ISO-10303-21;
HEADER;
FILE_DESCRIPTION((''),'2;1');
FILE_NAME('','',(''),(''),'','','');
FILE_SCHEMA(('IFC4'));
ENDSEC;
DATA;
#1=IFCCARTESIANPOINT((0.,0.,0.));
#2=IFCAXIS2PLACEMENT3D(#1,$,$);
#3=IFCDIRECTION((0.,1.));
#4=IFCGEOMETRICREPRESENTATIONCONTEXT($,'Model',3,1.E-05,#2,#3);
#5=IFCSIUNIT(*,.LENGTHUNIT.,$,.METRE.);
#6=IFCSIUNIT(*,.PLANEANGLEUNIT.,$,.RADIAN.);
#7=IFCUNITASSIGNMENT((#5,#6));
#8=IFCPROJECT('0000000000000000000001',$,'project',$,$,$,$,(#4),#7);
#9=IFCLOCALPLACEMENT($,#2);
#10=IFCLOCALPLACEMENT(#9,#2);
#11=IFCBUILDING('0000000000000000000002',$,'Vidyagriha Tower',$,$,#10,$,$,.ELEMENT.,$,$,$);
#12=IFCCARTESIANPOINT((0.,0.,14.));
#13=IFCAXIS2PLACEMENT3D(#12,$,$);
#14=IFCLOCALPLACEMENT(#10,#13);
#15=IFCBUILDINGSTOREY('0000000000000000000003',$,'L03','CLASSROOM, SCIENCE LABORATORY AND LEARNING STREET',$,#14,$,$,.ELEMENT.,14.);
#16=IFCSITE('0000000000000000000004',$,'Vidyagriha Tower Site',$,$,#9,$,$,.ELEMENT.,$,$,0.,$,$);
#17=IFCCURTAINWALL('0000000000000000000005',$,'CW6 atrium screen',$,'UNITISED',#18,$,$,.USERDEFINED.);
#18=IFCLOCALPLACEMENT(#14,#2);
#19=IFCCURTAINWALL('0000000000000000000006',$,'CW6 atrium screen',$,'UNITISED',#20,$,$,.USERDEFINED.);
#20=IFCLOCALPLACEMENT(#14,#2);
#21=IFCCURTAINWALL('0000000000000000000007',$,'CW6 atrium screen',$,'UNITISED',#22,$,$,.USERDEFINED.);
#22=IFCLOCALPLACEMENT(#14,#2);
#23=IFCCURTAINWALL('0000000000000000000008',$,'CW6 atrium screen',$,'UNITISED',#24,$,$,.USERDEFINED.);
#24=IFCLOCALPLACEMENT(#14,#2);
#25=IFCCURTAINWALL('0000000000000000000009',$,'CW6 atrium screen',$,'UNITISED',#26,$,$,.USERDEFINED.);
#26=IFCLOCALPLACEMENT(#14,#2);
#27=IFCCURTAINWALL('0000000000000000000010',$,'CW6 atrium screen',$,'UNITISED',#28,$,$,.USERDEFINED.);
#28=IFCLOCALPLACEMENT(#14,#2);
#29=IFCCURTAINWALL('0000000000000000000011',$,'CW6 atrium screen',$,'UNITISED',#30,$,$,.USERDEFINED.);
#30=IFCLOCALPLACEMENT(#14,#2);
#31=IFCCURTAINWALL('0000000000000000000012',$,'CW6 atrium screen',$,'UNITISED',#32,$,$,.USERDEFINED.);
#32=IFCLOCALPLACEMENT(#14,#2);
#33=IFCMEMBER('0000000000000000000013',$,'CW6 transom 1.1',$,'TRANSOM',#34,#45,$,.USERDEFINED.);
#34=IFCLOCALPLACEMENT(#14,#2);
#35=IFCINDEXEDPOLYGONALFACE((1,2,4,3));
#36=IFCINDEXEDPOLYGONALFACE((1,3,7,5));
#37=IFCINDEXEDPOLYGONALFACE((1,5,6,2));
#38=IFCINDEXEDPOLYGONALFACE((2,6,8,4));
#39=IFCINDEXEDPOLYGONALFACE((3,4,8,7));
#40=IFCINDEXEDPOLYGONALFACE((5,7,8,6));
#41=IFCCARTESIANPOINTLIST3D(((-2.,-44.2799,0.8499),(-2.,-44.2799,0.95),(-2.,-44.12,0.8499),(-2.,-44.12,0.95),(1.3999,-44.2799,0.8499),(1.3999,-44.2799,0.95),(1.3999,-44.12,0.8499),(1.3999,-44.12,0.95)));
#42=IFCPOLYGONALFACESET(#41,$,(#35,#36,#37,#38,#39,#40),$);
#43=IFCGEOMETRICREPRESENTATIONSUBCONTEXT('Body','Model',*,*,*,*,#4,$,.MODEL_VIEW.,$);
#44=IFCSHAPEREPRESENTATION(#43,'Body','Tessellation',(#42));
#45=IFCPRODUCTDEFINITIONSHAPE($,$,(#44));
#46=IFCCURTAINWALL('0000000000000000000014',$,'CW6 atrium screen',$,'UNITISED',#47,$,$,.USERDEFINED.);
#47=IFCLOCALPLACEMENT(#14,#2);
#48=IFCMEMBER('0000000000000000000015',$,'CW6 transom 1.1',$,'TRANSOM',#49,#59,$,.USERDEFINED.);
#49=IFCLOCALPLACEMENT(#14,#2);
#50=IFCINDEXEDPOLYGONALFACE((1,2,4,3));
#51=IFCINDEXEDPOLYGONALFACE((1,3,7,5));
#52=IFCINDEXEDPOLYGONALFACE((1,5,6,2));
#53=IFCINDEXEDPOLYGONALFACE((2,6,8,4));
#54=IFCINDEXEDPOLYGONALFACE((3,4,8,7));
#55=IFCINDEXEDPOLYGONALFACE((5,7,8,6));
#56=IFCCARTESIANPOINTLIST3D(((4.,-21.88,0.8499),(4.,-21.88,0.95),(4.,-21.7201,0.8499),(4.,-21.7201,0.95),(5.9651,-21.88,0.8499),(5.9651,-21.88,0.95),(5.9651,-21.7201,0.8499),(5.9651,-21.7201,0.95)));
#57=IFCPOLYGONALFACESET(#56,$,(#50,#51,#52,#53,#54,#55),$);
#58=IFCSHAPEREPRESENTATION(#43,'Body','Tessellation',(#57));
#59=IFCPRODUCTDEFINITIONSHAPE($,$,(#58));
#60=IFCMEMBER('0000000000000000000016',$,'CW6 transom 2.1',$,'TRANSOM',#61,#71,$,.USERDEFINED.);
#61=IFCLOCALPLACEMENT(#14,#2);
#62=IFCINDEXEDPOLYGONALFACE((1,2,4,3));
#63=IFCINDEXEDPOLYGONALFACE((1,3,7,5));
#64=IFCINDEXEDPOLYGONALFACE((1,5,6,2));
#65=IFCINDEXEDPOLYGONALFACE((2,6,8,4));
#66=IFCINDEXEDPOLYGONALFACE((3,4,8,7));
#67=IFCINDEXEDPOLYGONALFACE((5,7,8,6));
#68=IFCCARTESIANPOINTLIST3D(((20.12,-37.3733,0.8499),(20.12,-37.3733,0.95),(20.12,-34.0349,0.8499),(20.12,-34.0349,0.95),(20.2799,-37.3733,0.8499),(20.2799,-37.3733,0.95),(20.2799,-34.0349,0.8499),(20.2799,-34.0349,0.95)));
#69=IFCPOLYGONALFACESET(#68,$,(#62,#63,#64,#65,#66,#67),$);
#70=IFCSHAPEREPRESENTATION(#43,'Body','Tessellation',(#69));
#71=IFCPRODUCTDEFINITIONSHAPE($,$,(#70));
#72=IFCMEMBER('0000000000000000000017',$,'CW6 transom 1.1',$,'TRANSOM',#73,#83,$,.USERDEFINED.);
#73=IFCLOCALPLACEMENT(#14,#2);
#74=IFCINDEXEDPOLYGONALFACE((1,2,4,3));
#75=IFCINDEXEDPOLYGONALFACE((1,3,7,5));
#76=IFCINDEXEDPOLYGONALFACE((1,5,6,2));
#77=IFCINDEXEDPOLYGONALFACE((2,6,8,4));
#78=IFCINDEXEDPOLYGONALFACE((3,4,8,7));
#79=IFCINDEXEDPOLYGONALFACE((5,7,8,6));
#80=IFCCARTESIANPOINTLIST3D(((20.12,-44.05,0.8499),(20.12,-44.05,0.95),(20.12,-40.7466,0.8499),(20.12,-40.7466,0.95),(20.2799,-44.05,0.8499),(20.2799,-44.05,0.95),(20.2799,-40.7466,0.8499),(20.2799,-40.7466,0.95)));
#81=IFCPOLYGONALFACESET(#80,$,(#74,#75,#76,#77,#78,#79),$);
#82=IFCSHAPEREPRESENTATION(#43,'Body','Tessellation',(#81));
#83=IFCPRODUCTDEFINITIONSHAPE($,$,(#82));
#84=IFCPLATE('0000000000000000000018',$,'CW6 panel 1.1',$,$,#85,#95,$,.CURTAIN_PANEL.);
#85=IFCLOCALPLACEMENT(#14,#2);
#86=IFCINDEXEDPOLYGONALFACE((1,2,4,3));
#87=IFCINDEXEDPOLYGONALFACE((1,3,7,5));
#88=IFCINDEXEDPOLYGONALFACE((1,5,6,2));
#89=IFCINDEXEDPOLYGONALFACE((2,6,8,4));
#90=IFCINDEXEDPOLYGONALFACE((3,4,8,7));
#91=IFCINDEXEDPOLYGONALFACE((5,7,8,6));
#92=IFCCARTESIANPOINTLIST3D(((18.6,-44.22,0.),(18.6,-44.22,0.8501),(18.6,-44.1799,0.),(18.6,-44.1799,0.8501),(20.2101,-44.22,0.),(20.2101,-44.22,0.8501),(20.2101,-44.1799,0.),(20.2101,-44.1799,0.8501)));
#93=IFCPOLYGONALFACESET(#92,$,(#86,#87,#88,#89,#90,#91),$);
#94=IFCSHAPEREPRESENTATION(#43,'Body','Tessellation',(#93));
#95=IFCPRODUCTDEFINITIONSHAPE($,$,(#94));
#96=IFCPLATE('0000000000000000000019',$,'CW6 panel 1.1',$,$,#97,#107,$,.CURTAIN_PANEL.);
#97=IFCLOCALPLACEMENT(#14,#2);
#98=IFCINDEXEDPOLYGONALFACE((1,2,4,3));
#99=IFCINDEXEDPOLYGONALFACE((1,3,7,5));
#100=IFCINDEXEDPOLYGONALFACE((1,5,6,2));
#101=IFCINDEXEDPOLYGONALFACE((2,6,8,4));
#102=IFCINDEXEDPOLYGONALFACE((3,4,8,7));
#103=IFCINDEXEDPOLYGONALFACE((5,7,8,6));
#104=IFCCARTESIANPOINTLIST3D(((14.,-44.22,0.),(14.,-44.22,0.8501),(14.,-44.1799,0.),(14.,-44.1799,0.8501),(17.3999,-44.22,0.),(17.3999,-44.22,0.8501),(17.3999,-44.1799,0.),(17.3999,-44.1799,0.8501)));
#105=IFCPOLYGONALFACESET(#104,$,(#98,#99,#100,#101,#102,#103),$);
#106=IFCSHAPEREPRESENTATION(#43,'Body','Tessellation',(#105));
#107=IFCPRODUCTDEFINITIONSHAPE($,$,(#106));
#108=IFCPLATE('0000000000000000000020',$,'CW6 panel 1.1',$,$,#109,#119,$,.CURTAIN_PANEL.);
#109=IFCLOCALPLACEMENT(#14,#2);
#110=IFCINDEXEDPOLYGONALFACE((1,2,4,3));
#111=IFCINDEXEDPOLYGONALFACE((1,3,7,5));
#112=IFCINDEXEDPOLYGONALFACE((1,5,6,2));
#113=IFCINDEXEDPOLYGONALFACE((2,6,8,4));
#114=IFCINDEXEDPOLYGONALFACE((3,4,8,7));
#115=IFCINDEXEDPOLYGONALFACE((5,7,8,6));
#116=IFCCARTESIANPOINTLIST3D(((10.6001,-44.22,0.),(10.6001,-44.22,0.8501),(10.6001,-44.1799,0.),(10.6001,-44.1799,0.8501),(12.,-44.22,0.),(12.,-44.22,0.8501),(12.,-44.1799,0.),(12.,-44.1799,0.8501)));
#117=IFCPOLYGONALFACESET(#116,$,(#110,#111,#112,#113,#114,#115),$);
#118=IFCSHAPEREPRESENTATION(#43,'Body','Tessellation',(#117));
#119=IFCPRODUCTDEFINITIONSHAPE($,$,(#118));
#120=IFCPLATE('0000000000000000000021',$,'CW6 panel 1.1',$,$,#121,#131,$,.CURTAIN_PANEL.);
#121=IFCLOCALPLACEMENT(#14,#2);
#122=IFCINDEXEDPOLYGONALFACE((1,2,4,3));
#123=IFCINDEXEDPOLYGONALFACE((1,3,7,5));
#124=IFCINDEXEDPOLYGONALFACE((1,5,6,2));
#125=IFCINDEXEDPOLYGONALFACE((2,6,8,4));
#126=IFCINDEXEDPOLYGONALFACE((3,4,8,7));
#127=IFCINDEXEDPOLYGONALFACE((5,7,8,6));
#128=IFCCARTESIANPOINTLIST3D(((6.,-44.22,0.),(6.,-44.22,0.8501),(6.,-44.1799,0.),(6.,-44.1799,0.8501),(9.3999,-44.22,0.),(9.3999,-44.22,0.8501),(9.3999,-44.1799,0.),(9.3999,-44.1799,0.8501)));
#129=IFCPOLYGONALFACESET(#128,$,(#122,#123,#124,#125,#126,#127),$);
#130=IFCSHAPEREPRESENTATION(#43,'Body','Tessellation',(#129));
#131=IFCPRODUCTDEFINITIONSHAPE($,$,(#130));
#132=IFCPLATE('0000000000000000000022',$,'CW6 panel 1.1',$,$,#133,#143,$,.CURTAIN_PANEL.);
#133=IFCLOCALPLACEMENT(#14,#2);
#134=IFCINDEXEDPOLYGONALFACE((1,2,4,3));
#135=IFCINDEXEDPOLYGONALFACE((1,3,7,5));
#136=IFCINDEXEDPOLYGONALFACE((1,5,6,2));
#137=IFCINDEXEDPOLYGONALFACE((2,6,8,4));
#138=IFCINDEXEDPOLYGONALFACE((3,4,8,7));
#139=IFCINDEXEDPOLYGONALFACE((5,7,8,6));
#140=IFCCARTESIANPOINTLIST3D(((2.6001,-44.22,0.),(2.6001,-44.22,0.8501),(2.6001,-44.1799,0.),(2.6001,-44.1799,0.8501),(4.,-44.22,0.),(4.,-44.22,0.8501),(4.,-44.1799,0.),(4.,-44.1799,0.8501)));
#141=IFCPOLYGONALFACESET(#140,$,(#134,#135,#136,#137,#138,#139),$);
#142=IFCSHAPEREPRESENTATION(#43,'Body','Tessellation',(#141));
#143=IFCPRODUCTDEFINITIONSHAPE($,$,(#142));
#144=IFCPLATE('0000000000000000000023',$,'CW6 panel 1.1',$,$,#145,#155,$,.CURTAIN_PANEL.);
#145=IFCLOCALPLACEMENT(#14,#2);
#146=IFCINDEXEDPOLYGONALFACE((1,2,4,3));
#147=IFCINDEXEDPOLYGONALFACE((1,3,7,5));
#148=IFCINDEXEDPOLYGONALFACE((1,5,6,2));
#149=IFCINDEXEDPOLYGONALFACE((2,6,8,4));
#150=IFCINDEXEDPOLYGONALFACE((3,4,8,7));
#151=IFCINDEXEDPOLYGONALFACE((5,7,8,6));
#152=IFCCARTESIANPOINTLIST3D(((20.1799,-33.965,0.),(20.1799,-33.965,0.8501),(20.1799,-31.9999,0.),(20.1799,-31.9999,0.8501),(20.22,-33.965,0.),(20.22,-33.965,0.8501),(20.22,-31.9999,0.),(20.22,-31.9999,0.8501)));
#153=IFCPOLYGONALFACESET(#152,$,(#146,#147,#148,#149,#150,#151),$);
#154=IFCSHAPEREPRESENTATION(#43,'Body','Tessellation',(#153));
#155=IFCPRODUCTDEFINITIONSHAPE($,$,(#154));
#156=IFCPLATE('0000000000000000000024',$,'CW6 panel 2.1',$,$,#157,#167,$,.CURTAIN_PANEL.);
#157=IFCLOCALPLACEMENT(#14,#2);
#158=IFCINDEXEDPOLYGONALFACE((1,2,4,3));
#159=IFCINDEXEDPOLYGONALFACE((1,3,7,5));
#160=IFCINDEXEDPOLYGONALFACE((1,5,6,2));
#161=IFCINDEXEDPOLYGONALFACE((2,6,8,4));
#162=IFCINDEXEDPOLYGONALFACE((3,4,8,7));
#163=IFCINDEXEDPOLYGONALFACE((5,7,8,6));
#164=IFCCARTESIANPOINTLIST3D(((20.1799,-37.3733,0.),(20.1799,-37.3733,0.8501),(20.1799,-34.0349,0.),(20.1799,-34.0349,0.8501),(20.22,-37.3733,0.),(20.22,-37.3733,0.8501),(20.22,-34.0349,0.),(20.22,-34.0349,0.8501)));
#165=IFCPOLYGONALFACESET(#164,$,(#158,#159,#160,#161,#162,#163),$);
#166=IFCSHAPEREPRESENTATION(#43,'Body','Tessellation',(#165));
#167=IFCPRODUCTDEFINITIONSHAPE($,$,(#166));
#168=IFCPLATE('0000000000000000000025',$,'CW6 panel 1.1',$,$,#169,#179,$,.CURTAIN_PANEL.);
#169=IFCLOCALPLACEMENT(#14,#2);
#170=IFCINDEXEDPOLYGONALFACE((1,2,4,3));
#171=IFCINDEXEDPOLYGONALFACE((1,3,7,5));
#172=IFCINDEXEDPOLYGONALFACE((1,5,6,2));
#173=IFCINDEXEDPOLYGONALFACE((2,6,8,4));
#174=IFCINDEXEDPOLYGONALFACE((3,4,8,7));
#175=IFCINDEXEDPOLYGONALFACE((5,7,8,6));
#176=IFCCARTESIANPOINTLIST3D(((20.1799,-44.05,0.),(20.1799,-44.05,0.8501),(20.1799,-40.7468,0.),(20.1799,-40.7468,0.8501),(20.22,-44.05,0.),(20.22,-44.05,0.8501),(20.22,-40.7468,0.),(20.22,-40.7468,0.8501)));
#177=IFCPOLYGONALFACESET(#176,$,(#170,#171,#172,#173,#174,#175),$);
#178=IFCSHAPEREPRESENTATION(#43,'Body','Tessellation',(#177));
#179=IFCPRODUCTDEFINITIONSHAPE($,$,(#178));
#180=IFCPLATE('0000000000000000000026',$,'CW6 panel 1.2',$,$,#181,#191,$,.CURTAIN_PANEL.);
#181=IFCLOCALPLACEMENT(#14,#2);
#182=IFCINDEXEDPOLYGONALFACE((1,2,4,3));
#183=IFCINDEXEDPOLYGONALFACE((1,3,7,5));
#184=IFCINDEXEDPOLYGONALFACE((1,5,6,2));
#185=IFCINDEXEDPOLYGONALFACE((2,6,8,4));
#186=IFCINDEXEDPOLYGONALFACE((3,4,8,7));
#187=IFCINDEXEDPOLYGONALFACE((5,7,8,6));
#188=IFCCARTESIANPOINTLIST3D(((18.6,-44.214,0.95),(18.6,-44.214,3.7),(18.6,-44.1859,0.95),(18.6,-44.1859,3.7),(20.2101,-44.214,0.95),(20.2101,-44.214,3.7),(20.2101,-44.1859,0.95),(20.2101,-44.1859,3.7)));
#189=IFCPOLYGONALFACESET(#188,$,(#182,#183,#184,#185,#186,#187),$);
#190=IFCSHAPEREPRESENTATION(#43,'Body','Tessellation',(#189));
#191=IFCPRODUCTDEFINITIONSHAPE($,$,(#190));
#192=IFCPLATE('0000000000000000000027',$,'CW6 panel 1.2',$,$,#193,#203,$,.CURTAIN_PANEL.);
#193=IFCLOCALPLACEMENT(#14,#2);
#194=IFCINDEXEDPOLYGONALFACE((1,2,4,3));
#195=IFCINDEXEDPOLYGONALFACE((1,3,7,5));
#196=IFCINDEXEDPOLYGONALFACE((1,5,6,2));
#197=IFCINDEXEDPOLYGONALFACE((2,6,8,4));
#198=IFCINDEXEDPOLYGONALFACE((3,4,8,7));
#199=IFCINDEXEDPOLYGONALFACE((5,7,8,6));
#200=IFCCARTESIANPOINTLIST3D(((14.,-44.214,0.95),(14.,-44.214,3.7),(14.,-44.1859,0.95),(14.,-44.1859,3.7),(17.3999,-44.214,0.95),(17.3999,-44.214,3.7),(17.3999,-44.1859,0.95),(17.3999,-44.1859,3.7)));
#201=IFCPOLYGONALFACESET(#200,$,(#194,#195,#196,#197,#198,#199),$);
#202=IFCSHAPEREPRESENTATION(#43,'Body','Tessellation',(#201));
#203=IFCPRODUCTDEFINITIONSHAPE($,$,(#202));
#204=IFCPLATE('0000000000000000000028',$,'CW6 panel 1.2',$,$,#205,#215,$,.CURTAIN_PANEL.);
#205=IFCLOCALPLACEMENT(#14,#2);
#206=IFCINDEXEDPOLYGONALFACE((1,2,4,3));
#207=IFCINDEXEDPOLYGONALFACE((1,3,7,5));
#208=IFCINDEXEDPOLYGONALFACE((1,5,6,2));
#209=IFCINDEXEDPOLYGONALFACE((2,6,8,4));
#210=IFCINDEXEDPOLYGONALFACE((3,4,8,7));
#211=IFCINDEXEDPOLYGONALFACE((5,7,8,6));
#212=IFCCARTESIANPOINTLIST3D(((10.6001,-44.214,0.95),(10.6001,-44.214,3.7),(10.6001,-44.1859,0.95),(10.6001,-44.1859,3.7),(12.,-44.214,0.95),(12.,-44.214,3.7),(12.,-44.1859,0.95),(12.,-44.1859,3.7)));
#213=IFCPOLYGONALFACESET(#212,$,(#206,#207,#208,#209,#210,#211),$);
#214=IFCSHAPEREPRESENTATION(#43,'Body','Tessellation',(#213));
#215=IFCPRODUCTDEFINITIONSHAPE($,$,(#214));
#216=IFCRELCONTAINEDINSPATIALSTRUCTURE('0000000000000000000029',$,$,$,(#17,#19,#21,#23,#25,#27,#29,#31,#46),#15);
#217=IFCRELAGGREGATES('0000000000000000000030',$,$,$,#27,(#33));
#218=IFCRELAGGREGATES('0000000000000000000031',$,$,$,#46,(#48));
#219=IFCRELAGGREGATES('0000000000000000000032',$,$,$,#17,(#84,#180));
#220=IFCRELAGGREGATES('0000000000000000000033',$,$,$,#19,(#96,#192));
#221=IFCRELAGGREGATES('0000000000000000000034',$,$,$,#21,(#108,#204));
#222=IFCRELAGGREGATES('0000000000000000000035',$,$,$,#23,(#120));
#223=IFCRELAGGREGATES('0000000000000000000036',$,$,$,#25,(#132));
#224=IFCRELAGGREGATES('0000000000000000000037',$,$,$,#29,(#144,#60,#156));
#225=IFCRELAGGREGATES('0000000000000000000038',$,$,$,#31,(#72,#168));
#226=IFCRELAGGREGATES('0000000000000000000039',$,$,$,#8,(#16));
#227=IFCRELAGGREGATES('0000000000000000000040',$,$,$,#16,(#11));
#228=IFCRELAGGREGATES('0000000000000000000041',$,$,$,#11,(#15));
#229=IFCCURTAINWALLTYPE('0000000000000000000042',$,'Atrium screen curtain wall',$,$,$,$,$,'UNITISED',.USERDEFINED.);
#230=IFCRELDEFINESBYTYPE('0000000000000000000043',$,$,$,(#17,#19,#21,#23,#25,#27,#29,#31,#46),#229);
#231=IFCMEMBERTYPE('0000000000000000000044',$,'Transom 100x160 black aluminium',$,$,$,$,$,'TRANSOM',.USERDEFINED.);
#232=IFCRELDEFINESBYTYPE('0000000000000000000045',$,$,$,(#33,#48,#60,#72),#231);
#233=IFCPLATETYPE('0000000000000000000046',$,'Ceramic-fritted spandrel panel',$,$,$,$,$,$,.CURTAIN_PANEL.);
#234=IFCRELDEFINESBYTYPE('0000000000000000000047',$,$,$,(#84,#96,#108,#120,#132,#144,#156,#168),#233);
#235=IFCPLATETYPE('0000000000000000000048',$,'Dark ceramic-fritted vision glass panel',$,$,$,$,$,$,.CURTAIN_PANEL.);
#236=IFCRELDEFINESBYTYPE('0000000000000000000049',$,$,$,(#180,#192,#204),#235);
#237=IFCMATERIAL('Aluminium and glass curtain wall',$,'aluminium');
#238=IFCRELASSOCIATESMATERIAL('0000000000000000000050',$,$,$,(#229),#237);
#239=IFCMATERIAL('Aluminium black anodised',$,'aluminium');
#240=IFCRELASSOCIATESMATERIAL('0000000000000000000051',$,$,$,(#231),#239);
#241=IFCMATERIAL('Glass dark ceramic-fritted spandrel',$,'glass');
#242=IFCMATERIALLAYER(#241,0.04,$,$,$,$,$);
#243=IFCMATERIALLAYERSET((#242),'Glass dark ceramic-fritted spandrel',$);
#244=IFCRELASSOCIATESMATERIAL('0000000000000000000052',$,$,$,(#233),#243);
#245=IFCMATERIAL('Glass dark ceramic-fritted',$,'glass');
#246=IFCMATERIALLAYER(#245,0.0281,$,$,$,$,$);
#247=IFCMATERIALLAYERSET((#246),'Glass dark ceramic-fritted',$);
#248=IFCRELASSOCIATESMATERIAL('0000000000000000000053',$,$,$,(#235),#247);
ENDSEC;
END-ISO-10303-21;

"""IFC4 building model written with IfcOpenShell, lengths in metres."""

from ifc_helpers import new_model, si_unit, direction, frame, origin, origin_2d, place, context, subcontext, project, spatial, rectangle, extrude, material, layer, layer_set, material_profile, profile_set, type_object, element, aggregate, save


model = new_model("IFC4")

# Units and contexts
model_context = context("Model", 3, precision=1e-05, world=origin(), true_north=direction((0.0, 1.0)))
body_context = subcontext(model_context, "Body", "Model", "MODEL_VIEW")
ifc_project = project(units=[si_unit("LENGTHUNIT", "METRE"), si_unit("PLANEANGLEUNIT", "RADIAN")], contexts=[model_context])

# Site, building, storey
site_placement = place(None, origin())
site = spatial("IfcSite", under=ifc_project, at=site_placement, Name="Vidyagriha Tower Site", CompositionType="ELEMENT", RefElevation=0.0)
building_placement = place(site_placement, origin())
building = spatial("IfcBuilding", under=site, at=building_placement, Name="Vidyagriha Tower", CompositionType="ELEMENT")
storey_placement = place(building_placement, frame((0.0, 0.0, 14.0)))
storey = spatial("IfcBuildingStorey", under=building, at=storey_placement, Name="L03", Description="CLASSROOM, SCIENCE LABORATORY AND LEARNING STREET", CompositionType="ELEMENT", Elevation=14.0)

# Curtain walls
ifc_material_1 = material(Name="Aluminium and glass curtain wall", Category="aluminium")
curtain_wall_type = type_object("IfcCurtainWallType", Name="Atrium screen curtain wall", ElementType="UNITISED", PredefinedType="USERDEFINED", material=ifc_material_1)
curtain_wall_1_placement = place(storey_placement, origin())
curtain_wall_1 = element("IfcCurtainWall", 1, at=curtain_wall_1_placement, inside=storey, type_object=curtain_wall_type, Name="CW6 atrium screen", ObjectType="UNITISED", PredefinedType="USERDEFINED")
curtain_wall_2_placement = place(storey_placement, origin())
curtain_wall_2 = element("IfcCurtainWall", 2, at=curtain_wall_2_placement, inside=storey, type_object=curtain_wall_type, Name="CW6 atrium screen", ObjectType="UNITISED", PredefinedType="USERDEFINED")
curtain_wall_3_placement = place(storey_placement, origin())
curtain_wall_3 = element("IfcCurtainWall", 3, at=curtain_wall_3_placement, inside=storey, type_object=curtain_wall_type, Name="CW6 atrium screen", ObjectType="UNITISED", PredefinedType="USERDEFINED")
curtain_wall_4_placement = place(storey_placement, origin())
curtain_wall_4 = element("IfcCurtainWall", 4, at=curtain_wall_4_placement, inside=storey, type_object=curtain_wall_type, Name="CW6 atrium screen", ObjectType="UNITISED", PredefinedType="USERDEFINED")
curtain_wall_5_placement = place(storey_placement, origin())
curtain_wall_5 = element("IfcCurtainWall", 5, at=curtain_wall_5_placement, inside=storey, type_object=curtain_wall_type, Name="CW6 atrium screen", ObjectType="UNITISED", PredefinedType="USERDEFINED")
curtain_wall_6_placement = place(storey_placement, origin())
curtain_wall_6 = element("IfcCurtainWall", 6, at=curtain_wall_6_placement, inside=storey, type_object=curtain_wall_type, Name="CW6 atrium screen", ObjectType="UNITISED", PredefinedType="USERDEFINED")
curtain_wall_7_placement = place(storey_placement, origin())
curtain_wall_7 = element("IfcCurtainWall", 7, at=curtain_wall_7_placement, inside=storey, type_object=curtain_wall_type, Name="CW6 atrium screen", ObjectType="UNITISED", PredefinedType="USERDEFINED")
curtain_wall_8_placement = place(storey_placement, origin())
curtain_wall_8 = element("IfcCurtainWall", 8, at=curtain_wall_8_placement, inside=storey, type_object=curtain_wall_type, Name="CW6 atrium screen", ObjectType="UNITISED", PredefinedType="USERDEFINED")

# Member
ifc_material_2 = material(Name="Aluminium black anodised", Category="aluminium")
ifc_material_profile_1 = material_profile(ifc_material_2, rectangle(XDim=0.1599, YDim=0.1001, at=origin_2d()), Name="Transom 100x160 black aluminium")
ifc_profile_set_1 = profile_set([ifc_material_profile_1], Name="Aluminium black anodised")
member_type_1 = type_object("IfcMemberType", Name="Transom 100x160 black aluminium", ElementType="TRANSOM", PredefinedType="USERDEFINED", material=ifc_profile_set_1)
member_1_placement = place(storey_placement, frame((1.3999, -44.2, 0.8999), z_axis=(-1.0, 0.0, 0.0), x_axis=(0.0, -1.0, 0.0)))
member_1 = element("IfcMember", 9, at=member_1_placement, type_object=member_type_1, Name="CW6 transom 1.1", ObjectType="TRANSOM", PredefinedType="USERDEFINED", context=body_context, shape_type="SweptSolid", body=[
    extrude(rectangle(XDim=0.1599, YDim=0.1001, at=origin_2d()), origin(), (0.0, 0.0, 1.0), 3.3999),
])
aggregate(curtain_wall_6, [member_1])

# Curtain wall, member
curtain_wall_9_placement = place(storey_placement, origin())
curtain_wall_9 = element("IfcCurtainWall", 10, at=curtain_wall_9_placement, inside=storey, type_object=curtain_wall_type, Name="CW6 atrium screen", ObjectType="UNITISED", PredefinedType="USERDEFINED")
member_2_placement = place(storey_placement, frame((4.0, -21.8, 0.8999), z_axis=(1.0, 0.0, 0.0), x_axis=(0.0, 1.0, 0.0)))
member_2 = element("IfcMember", 11, at=member_2_placement, type_object=member_type_1, Name="CW6 transom 1.1", ObjectType="TRANSOM", PredefinedType="USERDEFINED", context=body_context, shape_type="SweptSolid", body=[
    extrude(rectangle(XDim=0.1599, YDim=0.1001, at=origin_2d()), origin(), (0.0, 0.0, 1.0), 1.9651),
])
aggregate(curtain_wall_9, [member_2])

# Members
member_3_placement = place(storey_placement, frame((20.2, -34.0349, 0.8999), z_axis=(0.0, -1.0, 0.0), x_axis=(1.0, 0.0, 0.0)))
member_3 = element("IfcMember", 12, at=member_3_placement, type_object=member_type_1, Name="CW6 transom 2.1", ObjectType="TRANSOM", PredefinedType="USERDEFINED", context=body_context, shape_type="SweptSolid", body=[
    extrude(rectangle(XDim=0.1599, YDim=0.1001, at=origin_2d()), origin(), (0.0, 0.0, 1.0), 3.3384),
])
member_4_placement = place(storey_placement, frame((20.2, -40.7466, 0.8999), z_axis=(0.0, -1.0, 0.0), x_axis=(1.0, 0.0, 0.0)))
member_4 = element("IfcMember", 13, at=member_4_placement, type_object=member_type_1, Name="CW6 transom 1.1", ObjectType="TRANSOM", PredefinedType="USERDEFINED", context=body_context, shape_type="SweptSolid", body=[
    extrude(rectangle(XDim=0.1599, YDim=0.1001, at=origin_2d()), origin(), (0.0, 0.0, 1.0), 3.3035),
])

# Plates
ifc_material_3 = material(Name="Glass dark ceramic-fritted spandrel", Category="glass")
ifc_layer_1 = layer(ifc_material_3, 0.04)
ifc_layer_set_1 = layer_set([ifc_layer_1], Name="Glass dark ceramic-fritted spandrel")
plate_type_1 = type_object("IfcPlateType", Name="Ceramic-fritted spandrel panel", PredefinedType="CURTAIN_PANEL", material=ifc_layer_set_1)
plate_1_placement = place(storey_placement, frame((19.405, -44.2, 0.0), z_axis=(0.0, 0.0, 1.0), x_axis=(-1.0, 0.0, 0.0)))
plate_1 = element("IfcPlate", 14, at=plate_1_placement, type_object=plate_type_1, Name="CW6 panel 1.1", PredefinedType="CURTAIN_PANEL", context=body_context, shape_type="SweptSolid", body=[
    extrude(rectangle(XDim=1.6101, YDim=0.04, at=origin_2d()), origin(), (0.0, 0.0, 1.0), 0.8501),
])
plate_2_placement = place(storey_placement, frame((15.7, -44.2, 0.0), z_axis=(0.0, 0.0, 1.0), x_axis=(-1.0, 0.0, 0.0)))
plate_2 = element("IfcPlate", 15, at=plate_2_placement, type_object=plate_type_1, Name="CW6 panel 1.1", PredefinedType="CURTAIN_PANEL", context=body_context, shape_type="SweptSolid", body=[
    extrude(rectangle(XDim=3.3999, YDim=0.04, at=origin_2d()), origin(), (0.0, 0.0, 1.0), 0.8501),
])
plate_3_placement = place(storey_placement, frame((11.3, -44.2, 0.0), z_axis=(0.0, 0.0, 1.0), x_axis=(-1.0, 0.0, 0.0)))
plate_3 = element("IfcPlate", 16, at=plate_3_placement, type_object=plate_type_1, Name="CW6 panel 1.1", PredefinedType="CURTAIN_PANEL", context=body_context, shape_type="SweptSolid", body=[
    extrude(rectangle(XDim=1.3999, YDim=0.04, at=origin_2d()), origin(), (0.0, 0.0, 1.0), 0.8501),
])
plate_4_placement = place(storey_placement, frame((7.7, -44.2, 0.0), z_axis=(0.0, 0.0, 1.0), x_axis=(-1.0, 0.0, 0.0)))
plate_4 = element("IfcPlate", 17, at=plate_4_placement, type_object=plate_type_1, Name="CW6 panel 1.1", PredefinedType="CURTAIN_PANEL", context=body_context, shape_type="SweptSolid", body=[
    extrude(rectangle(XDim=3.3999, YDim=0.04, at=origin_2d()), origin(), (0.0, 0.0, 1.0), 0.8501),
])
plate_5_placement = place(storey_placement, frame((3.3, -44.2, 0.0), z_axis=(0.0, 0.0, 1.0), x_axis=(-1.0, 0.0, 0.0)))
plate_5 = element("IfcPlate", 18, at=plate_5_placement, type_object=plate_type_1, Name="CW6 panel 1.1", PredefinedType="CURTAIN_PANEL", context=body_context, shape_type="SweptSolid", body=[
    extrude(rectangle(XDim=1.3999, YDim=0.04, at=origin_2d()), origin(), (0.0, 0.0, 1.0), 0.8501),
])
plate_6_placement = place(storey_placement, frame((20.2, -32.9824, 0.0), z_axis=(0.0, 0.0, 1.0), x_axis=(0.0, -1.0, 0.0)))
plate_6 = element("IfcPlate", 19, at=plate_6_placement, type_object=plate_type_1, Name="CW6 panel 1.1", PredefinedType="CURTAIN_PANEL", context=body_context, shape_type="SweptSolid", body=[
    extrude(rectangle(XDim=1.9651, YDim=0.04, at=origin_2d()), origin(), (0.0, 0.0, 1.0), 0.8501),
])
plate_7_placement = place(storey_placement, frame((20.2, -35.7041, 0.0), z_axis=(0.0, 0.0, 1.0), x_axis=(0.0, -1.0, 0.0)))
plate_7 = element("IfcPlate", 20, at=plate_7_placement, type_object=plate_type_1, Name="CW6 panel 2.1", PredefinedType="CURTAIN_PANEL", context=body_context, shape_type="SweptSolid", body=[
    extrude(rectangle(XDim=3.3384, YDim=0.04, at=origin_2d()), origin(), (0.0, 0.0, 1.0), 0.8501),
])
plate_8_placement = place(storey_placement, frame((20.2, -42.3984, 0.0), z_axis=(0.0, 0.0, 1.0), x_axis=(0.0, -1.0, 0.0)))
plate_8 = element("IfcPlate", 21, at=plate_8_placement, type_object=plate_type_1, Name="CW6 panel 1.1", PredefinedType="CURTAIN_PANEL", context=body_context, shape_type="SweptSolid", body=[
    extrude(rectangle(XDim=3.3032, YDim=0.04, at=origin_2d()), origin(), (0.0, 0.0, 1.0), 0.8501),
])
ifc_material_4 = material(Name="Glass dark ceramic-fritted", Category="glass")
ifc_layer_2 = layer(ifc_material_4, 0.0281)
ifc_layer_set_2 = layer_set([ifc_layer_2], Name="Glass dark ceramic-fritted")
plate_type_2 = type_object("IfcPlateType", Name="Dark ceramic-fritted vision glass panel", PredefinedType="CURTAIN_PANEL", material=ifc_layer_set_2)
plate_9_placement = place(storey_placement, frame((19.405, -44.2, 0.95), z_axis=(0.0, 0.0, 1.0), x_axis=(-1.0, 0.0, 0.0)))
plate_9 = element("IfcPlate", 22, at=plate_9_placement, type_object=plate_type_2, Name="CW6 panel 1.2", PredefinedType="CURTAIN_PANEL", context=body_context, shape_type="SweptSolid", body=[
    extrude(rectangle(XDim=1.6101, YDim=0.0281, at=origin_2d()), origin(), (0.0, 0.0, 1.0), 2.75),
])
aggregate(curtain_wall_1, [plate_1, plate_9])
plate_10_placement = place(storey_placement, frame((15.7, -44.2, 0.95), z_axis=(0.0, 0.0, 1.0), x_axis=(-1.0, 0.0, 0.0)))
plate_10 = element("IfcPlate", 23, at=plate_10_placement, type_object=plate_type_2, Name="CW6 panel 1.2", PredefinedType="CURTAIN_PANEL", context=body_context, shape_type="SweptSolid", body=[
    extrude(rectangle(XDim=3.3999, YDim=0.0281, at=origin_2d()), origin(), (0.0, 0.0, 1.0), 2.75),
])
aggregate(curtain_wall_2, [plate_2, plate_10])
plate_11_placement = place(storey_placement, frame((11.3, -44.2, 0.95), z_axis=(0.0, 0.0, 1.0), x_axis=(-1.0, 0.0, 0.0)))
plate_11 = element("IfcPlate", 24, at=plate_11_placement, type_object=plate_type_2, Name="CW6 panel 1.2", PredefinedType="CURTAIN_PANEL", context=body_context, shape_type="SweptSolid", body=[
    extrude(rectangle(XDim=1.3999, YDim=0.0281, at=origin_2d()), origin(), (0.0, 0.0, 1.0), 2.75),
])
aggregate(curtain_wall_3, [plate_3, plate_11])
aggregate(curtain_wall_4, [plate_4])
aggregate(curtain_wall_5, [plate_5])
aggregate(curtain_wall_7, [plate_6, member_3, plate_7])
aggregate(curtain_wall_8, [member_4, plate_8])

save(model, "model.ifc")
